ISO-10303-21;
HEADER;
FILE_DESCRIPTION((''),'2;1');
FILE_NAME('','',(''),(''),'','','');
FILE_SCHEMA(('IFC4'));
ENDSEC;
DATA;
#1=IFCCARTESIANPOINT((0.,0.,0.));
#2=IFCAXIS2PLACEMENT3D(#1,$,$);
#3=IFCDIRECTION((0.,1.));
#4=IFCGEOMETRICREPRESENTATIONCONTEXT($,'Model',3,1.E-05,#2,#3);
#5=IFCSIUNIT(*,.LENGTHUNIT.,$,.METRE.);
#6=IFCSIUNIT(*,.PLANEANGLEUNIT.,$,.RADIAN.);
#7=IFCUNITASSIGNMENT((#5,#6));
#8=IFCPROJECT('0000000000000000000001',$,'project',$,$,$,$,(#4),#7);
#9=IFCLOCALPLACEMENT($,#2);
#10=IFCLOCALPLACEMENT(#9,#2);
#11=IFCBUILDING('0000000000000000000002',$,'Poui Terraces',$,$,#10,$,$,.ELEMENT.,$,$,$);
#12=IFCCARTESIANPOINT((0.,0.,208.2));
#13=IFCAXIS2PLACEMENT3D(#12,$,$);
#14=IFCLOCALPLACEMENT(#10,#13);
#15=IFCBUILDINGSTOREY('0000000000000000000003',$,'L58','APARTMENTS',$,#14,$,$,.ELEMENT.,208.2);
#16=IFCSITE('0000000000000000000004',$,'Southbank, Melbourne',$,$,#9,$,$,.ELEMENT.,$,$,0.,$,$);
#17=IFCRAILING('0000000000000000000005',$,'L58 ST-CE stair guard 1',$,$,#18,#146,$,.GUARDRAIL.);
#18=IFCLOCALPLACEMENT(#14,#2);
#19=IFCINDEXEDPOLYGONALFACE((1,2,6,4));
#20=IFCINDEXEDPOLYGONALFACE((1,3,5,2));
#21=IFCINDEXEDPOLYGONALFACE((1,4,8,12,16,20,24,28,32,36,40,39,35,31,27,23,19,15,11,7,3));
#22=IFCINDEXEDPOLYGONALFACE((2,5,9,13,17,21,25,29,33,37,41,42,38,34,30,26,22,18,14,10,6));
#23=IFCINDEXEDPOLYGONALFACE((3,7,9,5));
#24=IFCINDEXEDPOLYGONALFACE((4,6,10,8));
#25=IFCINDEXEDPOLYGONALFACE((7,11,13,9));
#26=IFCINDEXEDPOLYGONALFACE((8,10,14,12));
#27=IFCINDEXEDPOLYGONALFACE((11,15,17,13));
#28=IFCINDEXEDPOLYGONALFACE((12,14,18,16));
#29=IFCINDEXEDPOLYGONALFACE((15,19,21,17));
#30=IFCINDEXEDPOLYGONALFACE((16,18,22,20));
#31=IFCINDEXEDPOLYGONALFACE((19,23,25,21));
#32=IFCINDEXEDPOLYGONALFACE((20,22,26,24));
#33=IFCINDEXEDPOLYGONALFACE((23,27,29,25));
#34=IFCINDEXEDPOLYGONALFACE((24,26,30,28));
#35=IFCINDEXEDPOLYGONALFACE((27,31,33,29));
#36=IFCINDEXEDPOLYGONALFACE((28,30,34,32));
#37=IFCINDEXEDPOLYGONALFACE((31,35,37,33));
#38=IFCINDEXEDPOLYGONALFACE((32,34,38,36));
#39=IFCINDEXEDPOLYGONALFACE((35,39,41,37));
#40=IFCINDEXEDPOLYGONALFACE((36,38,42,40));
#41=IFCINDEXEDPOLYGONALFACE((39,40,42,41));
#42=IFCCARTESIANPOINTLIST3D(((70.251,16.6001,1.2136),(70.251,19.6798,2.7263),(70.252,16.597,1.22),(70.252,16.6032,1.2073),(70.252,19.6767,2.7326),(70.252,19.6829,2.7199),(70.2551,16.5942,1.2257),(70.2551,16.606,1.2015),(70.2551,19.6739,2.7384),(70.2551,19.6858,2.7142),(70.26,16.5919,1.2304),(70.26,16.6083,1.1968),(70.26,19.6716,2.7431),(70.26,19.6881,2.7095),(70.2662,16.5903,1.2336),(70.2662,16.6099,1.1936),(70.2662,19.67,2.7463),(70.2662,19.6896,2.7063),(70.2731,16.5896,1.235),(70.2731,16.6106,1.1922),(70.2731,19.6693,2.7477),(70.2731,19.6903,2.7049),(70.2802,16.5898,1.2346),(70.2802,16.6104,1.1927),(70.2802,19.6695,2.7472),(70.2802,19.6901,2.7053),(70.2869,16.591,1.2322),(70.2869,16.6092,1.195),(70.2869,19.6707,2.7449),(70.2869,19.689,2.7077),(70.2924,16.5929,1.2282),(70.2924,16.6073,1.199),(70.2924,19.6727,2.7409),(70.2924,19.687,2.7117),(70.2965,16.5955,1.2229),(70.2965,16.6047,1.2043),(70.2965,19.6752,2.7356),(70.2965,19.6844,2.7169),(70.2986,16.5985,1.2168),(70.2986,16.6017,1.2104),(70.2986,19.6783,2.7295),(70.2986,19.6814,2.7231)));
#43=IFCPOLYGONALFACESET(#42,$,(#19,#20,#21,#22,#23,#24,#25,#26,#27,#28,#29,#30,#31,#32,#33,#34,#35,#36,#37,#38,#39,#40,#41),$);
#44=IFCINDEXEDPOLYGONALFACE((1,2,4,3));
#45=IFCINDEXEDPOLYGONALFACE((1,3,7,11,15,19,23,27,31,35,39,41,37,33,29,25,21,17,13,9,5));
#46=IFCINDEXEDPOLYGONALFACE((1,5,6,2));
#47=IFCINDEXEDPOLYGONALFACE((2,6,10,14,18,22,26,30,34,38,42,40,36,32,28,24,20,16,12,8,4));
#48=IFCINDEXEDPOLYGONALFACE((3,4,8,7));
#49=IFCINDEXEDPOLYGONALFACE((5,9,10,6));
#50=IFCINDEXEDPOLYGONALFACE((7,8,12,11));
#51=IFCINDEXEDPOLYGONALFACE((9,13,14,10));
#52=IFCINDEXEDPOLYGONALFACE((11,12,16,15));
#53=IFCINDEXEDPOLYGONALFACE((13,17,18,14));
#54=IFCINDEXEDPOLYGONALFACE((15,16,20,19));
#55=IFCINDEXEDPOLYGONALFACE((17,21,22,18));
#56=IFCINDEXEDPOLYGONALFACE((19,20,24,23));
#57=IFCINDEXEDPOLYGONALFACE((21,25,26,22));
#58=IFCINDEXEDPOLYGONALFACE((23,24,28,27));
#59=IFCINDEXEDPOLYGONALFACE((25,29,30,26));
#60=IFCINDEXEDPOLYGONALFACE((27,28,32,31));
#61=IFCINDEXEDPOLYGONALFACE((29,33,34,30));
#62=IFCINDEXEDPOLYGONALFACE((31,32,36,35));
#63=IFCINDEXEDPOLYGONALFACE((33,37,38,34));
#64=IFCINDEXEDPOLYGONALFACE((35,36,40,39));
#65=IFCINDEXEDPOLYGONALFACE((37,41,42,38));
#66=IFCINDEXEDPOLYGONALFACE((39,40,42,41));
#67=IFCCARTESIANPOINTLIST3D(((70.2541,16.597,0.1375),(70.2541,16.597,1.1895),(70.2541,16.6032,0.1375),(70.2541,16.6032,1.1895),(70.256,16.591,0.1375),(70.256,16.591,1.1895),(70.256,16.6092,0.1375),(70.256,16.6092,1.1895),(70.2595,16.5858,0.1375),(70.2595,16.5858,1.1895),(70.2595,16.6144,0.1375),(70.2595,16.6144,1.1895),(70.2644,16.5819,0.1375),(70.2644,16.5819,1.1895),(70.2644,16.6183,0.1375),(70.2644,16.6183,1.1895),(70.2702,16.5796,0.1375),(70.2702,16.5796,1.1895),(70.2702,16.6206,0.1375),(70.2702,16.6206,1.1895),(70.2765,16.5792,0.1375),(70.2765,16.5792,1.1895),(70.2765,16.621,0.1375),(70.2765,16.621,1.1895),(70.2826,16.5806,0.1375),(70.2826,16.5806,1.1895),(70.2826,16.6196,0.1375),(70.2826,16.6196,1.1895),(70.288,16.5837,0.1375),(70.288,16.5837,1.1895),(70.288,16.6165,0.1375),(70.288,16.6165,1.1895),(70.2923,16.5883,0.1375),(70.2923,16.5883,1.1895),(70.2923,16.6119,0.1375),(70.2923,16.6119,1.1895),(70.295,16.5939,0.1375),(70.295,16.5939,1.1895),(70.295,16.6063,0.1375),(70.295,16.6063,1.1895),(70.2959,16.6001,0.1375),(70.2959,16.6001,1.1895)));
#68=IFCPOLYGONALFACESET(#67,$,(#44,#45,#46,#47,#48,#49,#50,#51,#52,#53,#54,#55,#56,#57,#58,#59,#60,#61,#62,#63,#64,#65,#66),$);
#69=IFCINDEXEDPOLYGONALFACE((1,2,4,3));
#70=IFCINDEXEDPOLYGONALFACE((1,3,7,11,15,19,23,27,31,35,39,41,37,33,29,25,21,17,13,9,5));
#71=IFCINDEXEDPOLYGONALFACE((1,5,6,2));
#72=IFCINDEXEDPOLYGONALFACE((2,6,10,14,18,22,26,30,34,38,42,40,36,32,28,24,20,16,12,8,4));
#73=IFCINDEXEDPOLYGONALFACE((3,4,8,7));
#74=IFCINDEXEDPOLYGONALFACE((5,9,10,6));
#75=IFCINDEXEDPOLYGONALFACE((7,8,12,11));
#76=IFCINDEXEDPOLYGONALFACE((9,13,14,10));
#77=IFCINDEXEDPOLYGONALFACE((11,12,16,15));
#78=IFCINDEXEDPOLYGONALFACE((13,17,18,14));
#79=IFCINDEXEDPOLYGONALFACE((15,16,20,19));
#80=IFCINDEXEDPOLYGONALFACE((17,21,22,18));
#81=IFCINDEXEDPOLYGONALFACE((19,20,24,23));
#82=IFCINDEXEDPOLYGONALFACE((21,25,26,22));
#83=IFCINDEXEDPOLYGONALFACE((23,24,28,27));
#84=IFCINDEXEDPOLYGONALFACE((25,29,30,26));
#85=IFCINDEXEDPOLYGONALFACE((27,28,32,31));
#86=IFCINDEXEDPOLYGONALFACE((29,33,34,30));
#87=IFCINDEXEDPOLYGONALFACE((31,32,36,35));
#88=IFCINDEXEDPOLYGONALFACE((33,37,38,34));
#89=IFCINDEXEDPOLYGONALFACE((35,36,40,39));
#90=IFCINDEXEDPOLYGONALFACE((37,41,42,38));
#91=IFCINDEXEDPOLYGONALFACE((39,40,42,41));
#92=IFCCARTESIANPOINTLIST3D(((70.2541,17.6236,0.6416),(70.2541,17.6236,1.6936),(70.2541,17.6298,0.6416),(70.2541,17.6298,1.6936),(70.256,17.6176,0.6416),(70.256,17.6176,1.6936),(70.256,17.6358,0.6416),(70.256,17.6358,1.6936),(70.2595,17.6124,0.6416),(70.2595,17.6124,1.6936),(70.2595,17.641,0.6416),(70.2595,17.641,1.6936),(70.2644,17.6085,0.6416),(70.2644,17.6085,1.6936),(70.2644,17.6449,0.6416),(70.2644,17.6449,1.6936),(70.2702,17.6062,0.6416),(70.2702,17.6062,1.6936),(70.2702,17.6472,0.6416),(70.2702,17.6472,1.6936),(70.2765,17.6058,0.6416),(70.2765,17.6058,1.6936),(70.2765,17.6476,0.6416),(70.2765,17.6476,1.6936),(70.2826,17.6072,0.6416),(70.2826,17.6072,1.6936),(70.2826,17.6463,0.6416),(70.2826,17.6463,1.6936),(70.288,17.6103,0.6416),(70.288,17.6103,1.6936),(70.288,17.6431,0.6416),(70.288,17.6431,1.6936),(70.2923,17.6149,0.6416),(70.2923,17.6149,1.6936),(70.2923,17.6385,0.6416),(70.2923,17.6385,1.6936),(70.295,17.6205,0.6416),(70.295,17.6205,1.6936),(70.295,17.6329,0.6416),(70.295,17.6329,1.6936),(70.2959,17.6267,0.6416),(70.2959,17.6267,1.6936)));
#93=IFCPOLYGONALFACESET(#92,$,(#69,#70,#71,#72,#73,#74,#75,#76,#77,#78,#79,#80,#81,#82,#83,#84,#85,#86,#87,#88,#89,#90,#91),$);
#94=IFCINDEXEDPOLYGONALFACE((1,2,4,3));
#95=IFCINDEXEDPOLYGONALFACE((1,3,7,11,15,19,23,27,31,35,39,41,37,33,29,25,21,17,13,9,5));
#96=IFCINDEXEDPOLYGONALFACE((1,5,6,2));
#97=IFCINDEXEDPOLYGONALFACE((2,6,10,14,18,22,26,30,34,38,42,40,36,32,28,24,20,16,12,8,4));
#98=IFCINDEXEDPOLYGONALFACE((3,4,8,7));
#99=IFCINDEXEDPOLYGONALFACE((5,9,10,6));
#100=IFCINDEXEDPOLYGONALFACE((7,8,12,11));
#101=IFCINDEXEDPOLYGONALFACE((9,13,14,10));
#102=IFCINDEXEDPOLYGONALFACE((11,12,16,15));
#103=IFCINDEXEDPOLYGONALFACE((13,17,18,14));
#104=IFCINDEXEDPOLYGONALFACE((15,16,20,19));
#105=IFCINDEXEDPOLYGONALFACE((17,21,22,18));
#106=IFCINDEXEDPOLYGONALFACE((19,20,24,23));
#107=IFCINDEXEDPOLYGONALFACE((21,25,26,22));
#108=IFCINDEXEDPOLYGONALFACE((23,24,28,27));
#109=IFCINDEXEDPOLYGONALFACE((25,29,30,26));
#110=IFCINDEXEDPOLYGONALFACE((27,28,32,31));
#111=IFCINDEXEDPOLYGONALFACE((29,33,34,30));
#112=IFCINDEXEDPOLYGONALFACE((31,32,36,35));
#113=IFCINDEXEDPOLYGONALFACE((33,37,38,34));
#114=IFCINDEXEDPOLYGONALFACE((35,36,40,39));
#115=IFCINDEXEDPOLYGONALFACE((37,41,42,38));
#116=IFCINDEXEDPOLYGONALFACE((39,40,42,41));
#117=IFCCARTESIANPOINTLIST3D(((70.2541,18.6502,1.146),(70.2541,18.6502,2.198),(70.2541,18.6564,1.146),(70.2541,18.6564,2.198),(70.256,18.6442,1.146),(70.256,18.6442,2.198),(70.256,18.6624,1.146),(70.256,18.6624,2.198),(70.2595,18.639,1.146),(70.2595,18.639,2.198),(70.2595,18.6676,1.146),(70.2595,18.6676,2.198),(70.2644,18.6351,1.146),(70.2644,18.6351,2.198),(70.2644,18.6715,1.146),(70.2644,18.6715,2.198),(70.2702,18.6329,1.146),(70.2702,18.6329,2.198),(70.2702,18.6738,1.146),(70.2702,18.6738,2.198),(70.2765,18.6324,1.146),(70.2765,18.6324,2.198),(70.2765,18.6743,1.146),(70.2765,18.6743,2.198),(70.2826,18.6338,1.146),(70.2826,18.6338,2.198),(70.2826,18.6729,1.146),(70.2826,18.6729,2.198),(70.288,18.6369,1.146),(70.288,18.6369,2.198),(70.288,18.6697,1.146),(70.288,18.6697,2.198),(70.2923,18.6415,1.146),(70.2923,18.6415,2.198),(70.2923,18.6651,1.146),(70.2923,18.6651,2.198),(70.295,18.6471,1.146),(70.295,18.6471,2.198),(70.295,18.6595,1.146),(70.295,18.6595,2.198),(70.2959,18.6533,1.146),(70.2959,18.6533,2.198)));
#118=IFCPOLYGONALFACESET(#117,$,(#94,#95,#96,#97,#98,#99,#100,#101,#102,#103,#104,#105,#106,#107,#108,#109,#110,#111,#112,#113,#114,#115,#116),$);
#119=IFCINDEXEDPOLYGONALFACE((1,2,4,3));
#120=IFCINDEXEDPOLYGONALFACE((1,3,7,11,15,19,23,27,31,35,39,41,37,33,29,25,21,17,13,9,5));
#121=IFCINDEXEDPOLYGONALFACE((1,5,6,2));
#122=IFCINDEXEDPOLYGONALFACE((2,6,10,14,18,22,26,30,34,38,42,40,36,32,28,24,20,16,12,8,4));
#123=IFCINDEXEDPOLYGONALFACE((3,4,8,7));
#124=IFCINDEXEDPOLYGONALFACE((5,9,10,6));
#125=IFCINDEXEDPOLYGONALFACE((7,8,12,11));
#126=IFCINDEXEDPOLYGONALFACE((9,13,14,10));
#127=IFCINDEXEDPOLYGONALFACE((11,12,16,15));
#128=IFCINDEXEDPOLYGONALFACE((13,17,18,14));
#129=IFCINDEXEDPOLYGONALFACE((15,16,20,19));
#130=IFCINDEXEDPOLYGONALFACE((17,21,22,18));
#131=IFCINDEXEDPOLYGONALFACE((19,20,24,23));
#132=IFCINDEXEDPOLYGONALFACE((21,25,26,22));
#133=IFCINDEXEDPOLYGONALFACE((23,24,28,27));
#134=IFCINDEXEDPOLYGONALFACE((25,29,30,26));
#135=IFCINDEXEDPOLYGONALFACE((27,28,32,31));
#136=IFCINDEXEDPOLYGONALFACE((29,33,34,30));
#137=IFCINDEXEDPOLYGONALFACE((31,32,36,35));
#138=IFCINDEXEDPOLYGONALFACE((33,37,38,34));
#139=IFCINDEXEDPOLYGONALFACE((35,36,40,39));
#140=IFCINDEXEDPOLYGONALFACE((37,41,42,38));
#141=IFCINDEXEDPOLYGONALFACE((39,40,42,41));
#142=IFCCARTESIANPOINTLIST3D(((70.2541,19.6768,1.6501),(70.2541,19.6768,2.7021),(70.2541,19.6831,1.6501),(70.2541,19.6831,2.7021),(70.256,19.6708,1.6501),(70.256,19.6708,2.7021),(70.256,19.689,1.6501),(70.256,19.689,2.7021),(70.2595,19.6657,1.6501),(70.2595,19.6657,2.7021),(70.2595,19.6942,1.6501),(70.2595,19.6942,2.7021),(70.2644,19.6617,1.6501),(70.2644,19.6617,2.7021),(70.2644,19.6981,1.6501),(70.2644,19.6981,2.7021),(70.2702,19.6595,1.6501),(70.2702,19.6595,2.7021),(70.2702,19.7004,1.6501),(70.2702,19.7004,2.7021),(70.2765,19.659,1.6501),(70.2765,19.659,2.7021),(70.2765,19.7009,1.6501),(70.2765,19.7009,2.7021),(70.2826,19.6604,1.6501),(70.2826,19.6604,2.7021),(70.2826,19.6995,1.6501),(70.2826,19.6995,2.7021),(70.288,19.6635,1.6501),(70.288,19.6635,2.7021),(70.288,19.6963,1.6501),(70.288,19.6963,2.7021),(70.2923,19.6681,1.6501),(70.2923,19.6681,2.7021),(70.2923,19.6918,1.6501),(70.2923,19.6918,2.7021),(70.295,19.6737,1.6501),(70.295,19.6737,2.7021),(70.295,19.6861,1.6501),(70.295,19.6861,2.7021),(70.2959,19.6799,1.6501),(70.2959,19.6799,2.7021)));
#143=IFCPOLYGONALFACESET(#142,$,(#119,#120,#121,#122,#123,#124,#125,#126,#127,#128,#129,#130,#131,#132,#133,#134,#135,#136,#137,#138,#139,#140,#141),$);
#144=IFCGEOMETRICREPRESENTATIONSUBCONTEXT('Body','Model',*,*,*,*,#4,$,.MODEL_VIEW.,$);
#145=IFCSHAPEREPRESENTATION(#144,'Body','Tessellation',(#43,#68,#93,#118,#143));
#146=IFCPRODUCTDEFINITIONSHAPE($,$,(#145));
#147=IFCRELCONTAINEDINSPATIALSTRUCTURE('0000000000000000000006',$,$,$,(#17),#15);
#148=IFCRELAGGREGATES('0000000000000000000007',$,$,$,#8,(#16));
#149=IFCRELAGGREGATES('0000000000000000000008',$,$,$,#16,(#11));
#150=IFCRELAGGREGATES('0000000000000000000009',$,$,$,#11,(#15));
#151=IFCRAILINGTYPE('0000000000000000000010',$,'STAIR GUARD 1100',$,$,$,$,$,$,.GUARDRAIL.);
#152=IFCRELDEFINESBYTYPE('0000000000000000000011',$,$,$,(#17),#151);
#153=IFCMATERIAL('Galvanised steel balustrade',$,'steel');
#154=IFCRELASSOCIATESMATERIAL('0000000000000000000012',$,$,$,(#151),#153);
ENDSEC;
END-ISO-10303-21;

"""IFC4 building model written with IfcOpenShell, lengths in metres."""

from ifc_helpers import new_model, si_unit, direction, frame, origin, origin_2d, place, context, subcontext, project, spatial, circle, extrude, material, type_object, element, save


model = new_model("IFC4")

# Units and contexts
model_context = context("Model", 3, precision=1e-05, world=origin(), true_north=direction((0.0, 1.0)))
body_context = subcontext(model_context, "Body", "Model", "MODEL_VIEW")
ifc_project = project(units=[si_unit("LENGTHUNIT", "METRE"), si_unit("PLANEANGLEUNIT", "RADIAN")], contexts=[model_context])

# Site, building, storey
site_placement = place(None, origin())
site = spatial("IfcSite", under=ifc_project, at=site_placement, Name="Southbank, Melbourne", CompositionType="ELEMENT", RefElevation=0.0)
building_placement = place(site_placement, origin())
building = spatial("IfcBuilding", under=site, at=building_placement, Name="Poui Terraces", CompositionType="ELEMENT")
storey_placement = place(building_placement, frame((0.0, 0.0, 208.2)))
storey = spatial("IfcBuildingStorey", under=building, at=storey_placement, Name="L58", Description="APARTMENTS", CompositionType="ELEMENT", Elevation=208.2)

# Railing
ifc_material_1 = material(Name="Galvanised steel balustrade", Category="steel")
railing_type_1 = type_object("IfcRailingType", Name="STAIR GUARD 1100", PredefinedType="GUARDRAIL", material=ifc_material_1)
railing_1_placement = place(storey_placement, frame((70.2749, 16.6001, 0.1375)))
element("IfcRailing", 1, at=railing_1_placement, inside=storey, type_object=railing_type_1, Name="L58 ST-CE stair guard 1", PredefinedType="GUARDRAIL", context=body_context, shape_type="SweptSolid", body=[
    extrude(circle(Radius=0.0239, at=origin_2d()), frame((0.0, 0.0, 1.0762), z_axis=(0.0, 0.897578, 0.440856), x_axis=(-1.0, 0.0, 0.0)), (0.0, 0.0, 1.0), 3.4312),
    extrude(circle(Radius=0.021, at=origin_2d()), origin(), (0.0, 0.0, 1.0), 1.052),
    extrude(circle(Radius=0.021, at=origin_2d()), frame((0.0, 1.0266, 0.5042)), (0.0, 0.0, 1.0), 1.052),
    extrude(circle(Radius=0.021, at=origin_2d()), frame((0.0, 2.0532, 1.0085)), (0.0, 0.0, 1.0), 1.052),
    extrude(circle(Radius=0.021, at=origin_2d()), frame((0.0, 3.0798, 1.5127)), (0.0, 0.0, 1.0), 1.052),
])

save(model, "model.ifc")
